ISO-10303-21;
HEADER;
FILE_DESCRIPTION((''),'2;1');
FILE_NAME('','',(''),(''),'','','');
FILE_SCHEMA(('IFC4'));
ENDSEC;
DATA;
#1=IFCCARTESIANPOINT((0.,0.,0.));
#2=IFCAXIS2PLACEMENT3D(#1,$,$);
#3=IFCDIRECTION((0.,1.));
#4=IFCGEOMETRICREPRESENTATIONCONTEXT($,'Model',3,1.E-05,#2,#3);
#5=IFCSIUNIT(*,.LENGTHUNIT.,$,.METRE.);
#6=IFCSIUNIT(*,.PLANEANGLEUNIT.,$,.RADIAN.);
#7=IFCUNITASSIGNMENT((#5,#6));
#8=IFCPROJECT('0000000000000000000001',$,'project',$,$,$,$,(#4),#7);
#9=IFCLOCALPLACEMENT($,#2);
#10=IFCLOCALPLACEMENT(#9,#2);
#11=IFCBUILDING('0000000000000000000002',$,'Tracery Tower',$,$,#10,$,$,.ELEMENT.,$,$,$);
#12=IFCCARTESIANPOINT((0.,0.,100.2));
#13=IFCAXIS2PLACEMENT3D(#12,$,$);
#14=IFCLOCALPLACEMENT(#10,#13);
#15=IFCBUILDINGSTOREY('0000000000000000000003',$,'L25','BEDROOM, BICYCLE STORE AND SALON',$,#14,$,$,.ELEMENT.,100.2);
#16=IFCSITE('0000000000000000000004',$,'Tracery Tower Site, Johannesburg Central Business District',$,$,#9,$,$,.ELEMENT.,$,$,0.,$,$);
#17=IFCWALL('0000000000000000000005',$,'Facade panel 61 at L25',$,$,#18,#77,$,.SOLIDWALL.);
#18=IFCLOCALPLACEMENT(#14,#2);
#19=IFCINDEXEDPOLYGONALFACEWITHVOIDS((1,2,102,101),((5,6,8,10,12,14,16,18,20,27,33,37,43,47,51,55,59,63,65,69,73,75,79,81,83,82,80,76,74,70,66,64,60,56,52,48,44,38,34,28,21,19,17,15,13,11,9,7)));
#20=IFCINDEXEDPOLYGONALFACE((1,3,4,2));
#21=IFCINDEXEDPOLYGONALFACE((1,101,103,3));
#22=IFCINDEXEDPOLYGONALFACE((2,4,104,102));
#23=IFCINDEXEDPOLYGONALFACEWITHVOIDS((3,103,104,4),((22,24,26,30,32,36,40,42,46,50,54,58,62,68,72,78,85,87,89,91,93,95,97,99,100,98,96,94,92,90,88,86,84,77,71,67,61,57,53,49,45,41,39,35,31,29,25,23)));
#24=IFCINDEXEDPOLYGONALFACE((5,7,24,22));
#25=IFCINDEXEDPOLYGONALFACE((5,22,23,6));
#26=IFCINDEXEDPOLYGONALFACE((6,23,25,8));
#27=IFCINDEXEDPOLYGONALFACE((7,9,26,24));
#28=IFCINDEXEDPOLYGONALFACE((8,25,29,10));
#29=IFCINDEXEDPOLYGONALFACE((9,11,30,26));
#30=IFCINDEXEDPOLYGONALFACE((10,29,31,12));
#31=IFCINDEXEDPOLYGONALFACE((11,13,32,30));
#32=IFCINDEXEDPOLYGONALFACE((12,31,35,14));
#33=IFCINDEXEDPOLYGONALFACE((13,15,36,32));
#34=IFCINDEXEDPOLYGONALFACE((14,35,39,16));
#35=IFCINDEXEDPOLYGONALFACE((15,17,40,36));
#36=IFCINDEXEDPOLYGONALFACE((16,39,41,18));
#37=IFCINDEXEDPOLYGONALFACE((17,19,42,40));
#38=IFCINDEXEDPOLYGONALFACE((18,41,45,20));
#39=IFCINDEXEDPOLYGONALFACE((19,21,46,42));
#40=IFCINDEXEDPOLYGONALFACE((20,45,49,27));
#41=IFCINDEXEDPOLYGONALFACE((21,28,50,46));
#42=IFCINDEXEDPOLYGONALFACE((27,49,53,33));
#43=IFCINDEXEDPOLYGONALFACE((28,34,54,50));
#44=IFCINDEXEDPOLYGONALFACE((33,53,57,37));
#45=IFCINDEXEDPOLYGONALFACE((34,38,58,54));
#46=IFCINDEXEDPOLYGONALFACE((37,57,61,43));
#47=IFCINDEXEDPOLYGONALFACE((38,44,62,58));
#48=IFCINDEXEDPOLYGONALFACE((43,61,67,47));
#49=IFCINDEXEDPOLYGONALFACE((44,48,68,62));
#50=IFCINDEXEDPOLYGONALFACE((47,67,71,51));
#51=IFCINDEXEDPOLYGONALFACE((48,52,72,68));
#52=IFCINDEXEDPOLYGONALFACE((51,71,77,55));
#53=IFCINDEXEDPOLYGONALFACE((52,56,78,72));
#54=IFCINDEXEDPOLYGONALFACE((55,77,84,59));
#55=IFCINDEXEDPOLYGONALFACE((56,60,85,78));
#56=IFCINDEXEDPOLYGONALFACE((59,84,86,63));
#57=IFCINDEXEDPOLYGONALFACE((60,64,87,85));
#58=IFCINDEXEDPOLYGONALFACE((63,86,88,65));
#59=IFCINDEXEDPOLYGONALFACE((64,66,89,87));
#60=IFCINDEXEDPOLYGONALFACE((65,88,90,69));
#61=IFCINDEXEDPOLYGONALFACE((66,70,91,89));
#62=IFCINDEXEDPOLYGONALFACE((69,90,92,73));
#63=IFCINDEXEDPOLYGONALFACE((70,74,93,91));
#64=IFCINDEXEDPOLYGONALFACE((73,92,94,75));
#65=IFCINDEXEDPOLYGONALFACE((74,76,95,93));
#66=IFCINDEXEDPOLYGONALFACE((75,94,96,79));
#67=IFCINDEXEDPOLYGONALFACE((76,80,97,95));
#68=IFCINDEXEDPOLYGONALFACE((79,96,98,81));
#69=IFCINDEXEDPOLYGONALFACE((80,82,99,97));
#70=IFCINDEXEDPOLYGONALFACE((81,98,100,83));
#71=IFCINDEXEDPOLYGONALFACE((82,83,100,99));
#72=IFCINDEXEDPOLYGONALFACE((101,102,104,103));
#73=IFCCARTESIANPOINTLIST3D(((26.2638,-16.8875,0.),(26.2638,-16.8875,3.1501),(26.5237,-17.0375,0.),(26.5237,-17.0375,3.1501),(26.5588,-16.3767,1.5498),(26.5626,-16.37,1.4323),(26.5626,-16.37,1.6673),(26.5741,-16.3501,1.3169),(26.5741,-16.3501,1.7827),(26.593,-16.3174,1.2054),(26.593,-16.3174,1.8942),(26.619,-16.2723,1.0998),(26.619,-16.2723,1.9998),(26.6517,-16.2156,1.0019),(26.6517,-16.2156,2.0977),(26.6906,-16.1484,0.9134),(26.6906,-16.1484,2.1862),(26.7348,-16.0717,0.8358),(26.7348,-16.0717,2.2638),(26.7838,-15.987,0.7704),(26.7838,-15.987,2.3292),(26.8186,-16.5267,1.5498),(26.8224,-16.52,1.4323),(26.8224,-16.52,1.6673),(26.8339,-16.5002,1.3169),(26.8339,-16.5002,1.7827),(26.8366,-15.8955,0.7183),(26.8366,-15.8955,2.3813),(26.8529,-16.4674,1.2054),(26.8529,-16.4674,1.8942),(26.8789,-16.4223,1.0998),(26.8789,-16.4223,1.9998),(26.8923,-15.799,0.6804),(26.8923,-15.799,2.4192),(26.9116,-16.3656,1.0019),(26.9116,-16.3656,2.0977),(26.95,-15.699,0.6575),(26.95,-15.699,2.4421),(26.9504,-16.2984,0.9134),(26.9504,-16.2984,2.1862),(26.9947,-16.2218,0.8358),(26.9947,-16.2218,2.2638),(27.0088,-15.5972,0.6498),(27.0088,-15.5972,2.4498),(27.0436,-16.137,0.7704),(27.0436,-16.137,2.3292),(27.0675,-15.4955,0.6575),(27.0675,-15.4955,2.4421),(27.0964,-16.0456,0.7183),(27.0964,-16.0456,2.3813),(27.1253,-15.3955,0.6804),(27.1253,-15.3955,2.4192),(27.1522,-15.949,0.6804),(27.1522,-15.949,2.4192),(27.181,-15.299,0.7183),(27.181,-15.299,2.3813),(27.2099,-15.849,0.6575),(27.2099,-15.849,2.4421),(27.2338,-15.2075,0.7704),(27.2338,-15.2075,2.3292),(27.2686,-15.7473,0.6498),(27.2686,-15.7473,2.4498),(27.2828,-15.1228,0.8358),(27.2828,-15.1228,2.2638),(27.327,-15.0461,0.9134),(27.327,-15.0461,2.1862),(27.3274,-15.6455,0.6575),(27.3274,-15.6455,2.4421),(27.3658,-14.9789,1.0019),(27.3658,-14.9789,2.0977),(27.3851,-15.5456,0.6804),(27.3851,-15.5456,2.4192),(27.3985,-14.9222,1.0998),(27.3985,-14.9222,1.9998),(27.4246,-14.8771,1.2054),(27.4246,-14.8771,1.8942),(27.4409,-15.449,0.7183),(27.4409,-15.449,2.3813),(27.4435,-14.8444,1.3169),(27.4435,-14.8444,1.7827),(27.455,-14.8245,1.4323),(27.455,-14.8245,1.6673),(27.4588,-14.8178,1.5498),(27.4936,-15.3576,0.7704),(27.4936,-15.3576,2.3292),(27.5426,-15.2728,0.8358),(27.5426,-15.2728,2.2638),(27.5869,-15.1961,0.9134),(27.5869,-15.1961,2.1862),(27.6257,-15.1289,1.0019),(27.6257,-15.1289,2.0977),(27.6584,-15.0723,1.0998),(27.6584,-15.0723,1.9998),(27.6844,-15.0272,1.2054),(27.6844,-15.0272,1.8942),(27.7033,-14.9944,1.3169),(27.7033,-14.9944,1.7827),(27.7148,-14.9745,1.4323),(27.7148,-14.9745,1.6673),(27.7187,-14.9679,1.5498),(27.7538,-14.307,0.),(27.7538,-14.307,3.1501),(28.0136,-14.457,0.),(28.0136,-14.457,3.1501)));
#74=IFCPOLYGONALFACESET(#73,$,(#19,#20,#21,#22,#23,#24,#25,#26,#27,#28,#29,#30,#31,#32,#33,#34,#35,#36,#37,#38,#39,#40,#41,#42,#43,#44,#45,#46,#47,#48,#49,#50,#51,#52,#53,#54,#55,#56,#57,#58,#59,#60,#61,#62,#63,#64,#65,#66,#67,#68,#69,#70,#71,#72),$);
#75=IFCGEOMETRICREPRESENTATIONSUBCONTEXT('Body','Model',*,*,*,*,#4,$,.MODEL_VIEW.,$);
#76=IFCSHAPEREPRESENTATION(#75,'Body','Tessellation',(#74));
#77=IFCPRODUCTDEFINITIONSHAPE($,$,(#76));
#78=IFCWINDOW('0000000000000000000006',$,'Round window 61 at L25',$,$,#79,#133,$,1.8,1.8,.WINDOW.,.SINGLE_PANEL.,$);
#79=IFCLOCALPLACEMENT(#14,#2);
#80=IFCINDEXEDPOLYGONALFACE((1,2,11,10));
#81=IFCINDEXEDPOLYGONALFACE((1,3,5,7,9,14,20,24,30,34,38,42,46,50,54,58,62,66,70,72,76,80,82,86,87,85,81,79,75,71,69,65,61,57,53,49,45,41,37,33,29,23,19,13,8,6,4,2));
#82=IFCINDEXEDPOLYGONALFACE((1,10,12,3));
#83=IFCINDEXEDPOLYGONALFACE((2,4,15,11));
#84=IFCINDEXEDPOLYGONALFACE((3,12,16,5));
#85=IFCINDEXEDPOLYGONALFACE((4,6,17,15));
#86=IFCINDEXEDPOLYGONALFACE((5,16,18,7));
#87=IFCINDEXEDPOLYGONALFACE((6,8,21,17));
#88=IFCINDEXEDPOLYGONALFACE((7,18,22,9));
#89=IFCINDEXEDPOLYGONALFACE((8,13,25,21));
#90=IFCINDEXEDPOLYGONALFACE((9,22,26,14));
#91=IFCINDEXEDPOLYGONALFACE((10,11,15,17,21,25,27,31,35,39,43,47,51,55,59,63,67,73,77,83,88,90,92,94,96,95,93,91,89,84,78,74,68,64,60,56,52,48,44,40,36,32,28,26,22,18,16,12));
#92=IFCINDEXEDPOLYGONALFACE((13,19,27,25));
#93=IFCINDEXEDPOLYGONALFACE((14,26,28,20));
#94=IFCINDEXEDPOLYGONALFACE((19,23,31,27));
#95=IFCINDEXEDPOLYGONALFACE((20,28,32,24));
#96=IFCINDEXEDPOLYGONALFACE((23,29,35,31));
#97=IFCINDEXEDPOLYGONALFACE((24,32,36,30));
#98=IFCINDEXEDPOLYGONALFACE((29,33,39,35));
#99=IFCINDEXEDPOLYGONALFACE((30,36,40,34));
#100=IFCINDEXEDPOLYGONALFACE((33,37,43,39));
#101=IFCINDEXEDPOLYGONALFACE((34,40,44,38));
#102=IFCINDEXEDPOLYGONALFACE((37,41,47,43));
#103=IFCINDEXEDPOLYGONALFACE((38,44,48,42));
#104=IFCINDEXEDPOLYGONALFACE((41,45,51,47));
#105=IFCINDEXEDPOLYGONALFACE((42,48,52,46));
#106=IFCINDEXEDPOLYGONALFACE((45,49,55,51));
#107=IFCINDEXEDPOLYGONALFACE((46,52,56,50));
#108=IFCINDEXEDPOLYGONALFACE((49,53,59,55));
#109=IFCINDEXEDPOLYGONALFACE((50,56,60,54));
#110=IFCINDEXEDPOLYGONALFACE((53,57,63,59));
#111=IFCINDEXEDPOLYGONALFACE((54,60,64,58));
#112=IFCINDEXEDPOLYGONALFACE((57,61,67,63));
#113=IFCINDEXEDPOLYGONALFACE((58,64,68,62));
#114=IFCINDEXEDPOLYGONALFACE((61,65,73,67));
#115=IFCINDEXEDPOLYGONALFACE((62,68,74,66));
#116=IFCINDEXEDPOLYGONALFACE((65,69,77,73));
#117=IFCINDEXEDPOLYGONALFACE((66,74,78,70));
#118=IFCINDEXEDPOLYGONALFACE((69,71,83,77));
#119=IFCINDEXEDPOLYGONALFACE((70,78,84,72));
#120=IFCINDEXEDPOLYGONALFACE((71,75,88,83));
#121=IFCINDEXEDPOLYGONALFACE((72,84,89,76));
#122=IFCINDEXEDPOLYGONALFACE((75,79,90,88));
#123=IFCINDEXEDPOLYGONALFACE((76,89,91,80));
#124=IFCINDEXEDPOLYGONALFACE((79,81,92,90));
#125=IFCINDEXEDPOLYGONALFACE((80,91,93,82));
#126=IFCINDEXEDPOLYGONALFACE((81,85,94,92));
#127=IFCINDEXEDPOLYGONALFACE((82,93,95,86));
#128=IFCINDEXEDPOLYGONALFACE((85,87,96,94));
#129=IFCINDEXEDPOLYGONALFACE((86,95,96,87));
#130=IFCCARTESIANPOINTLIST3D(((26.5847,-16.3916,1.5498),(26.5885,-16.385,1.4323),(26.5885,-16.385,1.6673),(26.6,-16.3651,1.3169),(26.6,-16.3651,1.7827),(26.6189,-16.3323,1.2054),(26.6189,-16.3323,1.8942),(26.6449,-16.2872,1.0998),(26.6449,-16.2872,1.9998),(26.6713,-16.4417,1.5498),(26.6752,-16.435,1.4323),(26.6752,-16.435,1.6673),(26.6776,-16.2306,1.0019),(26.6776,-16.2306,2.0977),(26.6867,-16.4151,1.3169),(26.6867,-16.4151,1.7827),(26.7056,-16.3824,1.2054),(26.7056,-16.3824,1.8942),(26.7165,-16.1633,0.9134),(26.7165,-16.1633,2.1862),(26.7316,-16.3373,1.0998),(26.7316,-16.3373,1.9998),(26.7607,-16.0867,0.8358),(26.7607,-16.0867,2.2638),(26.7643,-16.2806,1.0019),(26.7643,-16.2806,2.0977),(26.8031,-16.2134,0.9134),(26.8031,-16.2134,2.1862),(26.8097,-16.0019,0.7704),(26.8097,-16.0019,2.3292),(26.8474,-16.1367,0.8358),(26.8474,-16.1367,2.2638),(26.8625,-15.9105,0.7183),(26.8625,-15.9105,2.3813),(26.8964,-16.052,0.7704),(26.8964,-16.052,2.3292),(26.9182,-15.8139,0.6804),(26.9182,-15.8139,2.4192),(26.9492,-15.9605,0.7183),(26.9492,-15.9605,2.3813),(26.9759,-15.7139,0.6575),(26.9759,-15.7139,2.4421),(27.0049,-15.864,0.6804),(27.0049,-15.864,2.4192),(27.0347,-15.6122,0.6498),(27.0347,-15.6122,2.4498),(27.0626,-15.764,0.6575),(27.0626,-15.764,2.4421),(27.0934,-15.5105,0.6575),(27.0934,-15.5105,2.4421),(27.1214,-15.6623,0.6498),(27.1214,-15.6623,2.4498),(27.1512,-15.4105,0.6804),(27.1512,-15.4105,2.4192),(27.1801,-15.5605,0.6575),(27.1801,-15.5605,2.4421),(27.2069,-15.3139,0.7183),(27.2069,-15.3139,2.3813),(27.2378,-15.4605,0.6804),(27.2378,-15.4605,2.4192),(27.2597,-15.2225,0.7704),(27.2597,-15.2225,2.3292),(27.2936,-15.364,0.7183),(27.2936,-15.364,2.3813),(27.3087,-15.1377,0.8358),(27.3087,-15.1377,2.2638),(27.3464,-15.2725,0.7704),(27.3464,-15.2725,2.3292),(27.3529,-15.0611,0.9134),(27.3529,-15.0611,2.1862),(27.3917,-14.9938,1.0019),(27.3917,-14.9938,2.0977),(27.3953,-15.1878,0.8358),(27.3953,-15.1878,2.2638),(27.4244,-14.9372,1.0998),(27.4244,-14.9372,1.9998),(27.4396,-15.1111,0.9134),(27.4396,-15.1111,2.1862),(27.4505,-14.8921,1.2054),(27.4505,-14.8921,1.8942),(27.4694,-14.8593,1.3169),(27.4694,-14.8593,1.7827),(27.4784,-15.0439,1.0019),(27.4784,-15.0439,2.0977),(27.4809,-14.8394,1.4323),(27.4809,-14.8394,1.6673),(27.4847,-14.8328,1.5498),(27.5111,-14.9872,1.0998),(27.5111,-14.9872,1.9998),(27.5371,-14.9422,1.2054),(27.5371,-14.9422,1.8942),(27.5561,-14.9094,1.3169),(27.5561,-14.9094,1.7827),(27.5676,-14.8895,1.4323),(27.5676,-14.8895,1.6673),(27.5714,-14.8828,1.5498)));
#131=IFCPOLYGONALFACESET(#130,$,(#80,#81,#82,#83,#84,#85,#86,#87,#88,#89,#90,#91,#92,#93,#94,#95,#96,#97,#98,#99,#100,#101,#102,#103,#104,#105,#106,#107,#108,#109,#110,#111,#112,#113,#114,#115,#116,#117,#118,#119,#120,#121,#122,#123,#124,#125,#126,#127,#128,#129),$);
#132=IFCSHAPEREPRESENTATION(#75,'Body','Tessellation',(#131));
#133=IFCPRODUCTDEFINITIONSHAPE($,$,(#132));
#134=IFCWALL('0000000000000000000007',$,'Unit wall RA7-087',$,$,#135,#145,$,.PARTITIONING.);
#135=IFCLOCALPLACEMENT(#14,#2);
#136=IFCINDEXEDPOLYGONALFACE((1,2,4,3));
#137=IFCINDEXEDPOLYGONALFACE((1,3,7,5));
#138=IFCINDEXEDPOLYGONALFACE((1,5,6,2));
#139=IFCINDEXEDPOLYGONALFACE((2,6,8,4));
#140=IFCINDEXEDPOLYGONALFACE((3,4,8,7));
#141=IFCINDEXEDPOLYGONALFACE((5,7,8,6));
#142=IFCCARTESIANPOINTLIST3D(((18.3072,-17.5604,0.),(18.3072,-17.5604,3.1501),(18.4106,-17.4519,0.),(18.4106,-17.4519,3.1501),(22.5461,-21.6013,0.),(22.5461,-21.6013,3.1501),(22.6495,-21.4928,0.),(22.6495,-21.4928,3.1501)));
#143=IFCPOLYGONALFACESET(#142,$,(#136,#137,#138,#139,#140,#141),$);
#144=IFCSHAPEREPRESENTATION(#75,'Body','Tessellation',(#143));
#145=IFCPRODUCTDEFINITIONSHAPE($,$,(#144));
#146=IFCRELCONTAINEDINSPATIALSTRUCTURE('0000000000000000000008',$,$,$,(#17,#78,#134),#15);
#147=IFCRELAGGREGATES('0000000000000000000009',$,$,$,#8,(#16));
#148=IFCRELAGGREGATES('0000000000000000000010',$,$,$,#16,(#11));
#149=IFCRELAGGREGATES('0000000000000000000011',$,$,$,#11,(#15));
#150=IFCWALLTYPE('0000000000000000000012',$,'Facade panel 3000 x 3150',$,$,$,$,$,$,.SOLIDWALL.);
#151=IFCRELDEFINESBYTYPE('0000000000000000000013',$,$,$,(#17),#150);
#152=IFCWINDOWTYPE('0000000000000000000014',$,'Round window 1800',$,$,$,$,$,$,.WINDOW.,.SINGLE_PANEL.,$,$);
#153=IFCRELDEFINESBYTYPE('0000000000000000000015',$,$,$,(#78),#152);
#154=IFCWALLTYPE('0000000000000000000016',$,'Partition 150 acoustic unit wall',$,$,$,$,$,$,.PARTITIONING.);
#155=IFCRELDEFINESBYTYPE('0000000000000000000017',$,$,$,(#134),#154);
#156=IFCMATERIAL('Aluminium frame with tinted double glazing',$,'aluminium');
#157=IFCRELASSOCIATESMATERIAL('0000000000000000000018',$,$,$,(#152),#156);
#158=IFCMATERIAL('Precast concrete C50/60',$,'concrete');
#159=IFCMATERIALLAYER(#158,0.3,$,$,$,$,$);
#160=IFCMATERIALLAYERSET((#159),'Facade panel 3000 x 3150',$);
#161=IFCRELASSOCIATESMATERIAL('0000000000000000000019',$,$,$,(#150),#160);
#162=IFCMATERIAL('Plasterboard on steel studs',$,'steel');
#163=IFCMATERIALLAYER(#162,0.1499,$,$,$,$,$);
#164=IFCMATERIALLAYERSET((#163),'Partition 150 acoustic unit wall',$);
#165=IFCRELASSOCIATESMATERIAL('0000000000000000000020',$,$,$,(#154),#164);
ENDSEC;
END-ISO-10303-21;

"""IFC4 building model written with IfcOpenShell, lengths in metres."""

from ifc_helpers import new_model, si_unit, direction, frame, frame_2d, origin, origin_2d, place, context, subcontext, project, spatial, rectangle, circle, extrude, material, layer, layer_set, type_object, element, fill, save


model = new_model("IFC4")

# Units and contexts
model_context = context("Model", 3, precision=1e-05, world=origin(), true_north=direction((0.0, 1.0)))
body_context = subcontext(model_context, "Body", "Model", "MODEL_VIEW")
ifc_project = project(units=[si_unit("LENGTHUNIT", "METRE"), si_unit("PLANEANGLEUNIT", "RADIAN")], contexts=[model_context])

# Site, building, storey
site_placement = place(None, origin())
site = spatial("IfcSite", under=ifc_project, at=site_placement, Name="Tracery Tower Site, Johannesburg Central Business District", CompositionType="ELEMENT", RefElevation=0.0)
building_placement = place(site_placement, origin())
building = spatial("IfcBuilding", under=site, at=building_placement, Name="Tracery Tower", CompositionType="ELEMENT")
storey_placement = place(building_placement, frame((0.0, 0.0, 100.2)))
storey = spatial("IfcBuildingStorey", under=building, at=storey_placement, Name="L25", Description="BEDROOM, BICYCLE STORE AND SALON", CompositionType="ELEMENT", Elevation=100.2)

# Wall, opening, window
ifc_material_1 = material(Name="Aluminium frame with tinted double glazing", Category="aluminium")
window_type = type_object("IfcWindowType", Name="Round window 1800", PartitioningType="SINGLE_PANEL", PredefinedType="WINDOW", material=ifc_material_1)
ifc_material_2 = material(Name="Precast concrete C50/60", Category="concrete")
ifc_layer_1 = layer(ifc_material_2, 0.3)
ifc_layer_set_1 = layer_set([ifc_layer_1], Name="Facade panel 3000 x 3150")
wall_type_1 = type_object("IfcWallType", Name="Facade panel 3000 x 3150", PredefinedType="SOLIDWALL", material=ifc_layer_set_1)
wall_1_placement = place(storey_placement, frame((26.3938, -16.9624, 0.0), z_axis=(0.0, 0.0, 1.0), x_axis=(0.500025, 0.866011, 0.0)))
wall_1 = element("IfcWall", 1, at=wall_1_placement, inside=storey, type_object=wall_type_1, Name="Facade panel 61 at L25", PredefinedType="SOLIDWALL", context=body_context, shape_type="SweptSolid", body=[
    extrude(rectangle(XDim=2.9797, YDim=0.3, at=frame_2d((1.4897, 0.0))), origin(), (0.0, 0.0, 1.0), 3.1501),
])
opening_1_placement = place(wall_1_placement, frame((1.4897, 0.0, 1.5498)))
opening_1 = element("IfcOpeningElement", 2, at=opening_1_placement, cuts=wall_1, PredefinedType="OPENING", context=body_context, shape_type="SweptSolid", body=[
    extrude(circle(Radius=0.9, at=origin_2d()), frame((0.0, 0.1599, 0.0), z_axis=(0.0, -1.0, 0.0), x_axis=(1.0, 0.0, 0.0)), (0.0, 0.0, 1.0), 0.3201),
])
window_1_placement = place(opening_1_placement, origin())
window_1 = element("IfcWindow", 3, at=window_1_placement, inside=storey, type_object=window_type, Name="Round window 61 at L25", OverallHeight=1.8, OverallWidth=1.8, PartitioningType="SINGLE_PANEL", PredefinedType="WINDOW", context=body_context, shape_type="SweptSolid", body=[
    extrude(circle(Radius=0.9, at=origin_2d()), frame((0.0, 0.1201, 0.0), z_axis=(0.0, -1.0, 0.0), x_axis=(1.0, 0.0, 0.0)), (0.0, 0.0, 1.0), 0.1001),
])
fill(opening_1, window_1)

# Wall
ifc_material_3 = material(Name="Plasterboard on steel studs", Category="steel")
ifc_layer_2 = layer(ifc_material_3, 0.1499)
ifc_layer_set_2 = layer_set([ifc_layer_2], Name="Partition 150 acoustic unit wall")
wall_type_2 = type_object("IfcWallType", Name="Partition 150 acoustic unit wall", PredefinedType="PARTITIONING", material=ifc_layer_set_2)
wall_2_placement = place(storey_placement, frame((18.3589, -17.5061, 0.0), z_axis=(0.0, 0.0, 1.0), x_axis=(0.723809, -0.690001, 0.0)))
element("IfcWall", 4, at=wall_2_placement, inside=storey, type_object=wall_type_2, Name="Unit wall RA7-087", PredefinedType="PARTITIONING", context=body_context, shape_type="SweptSolid", body=[
    extrude(rectangle(XDim=5.8564, YDim=0.1499, at=frame_2d((2.9282, 0.0))), origin(), (0.0, 0.0, 1.0), 3.1501),
])

save(model, "model.ifc")
